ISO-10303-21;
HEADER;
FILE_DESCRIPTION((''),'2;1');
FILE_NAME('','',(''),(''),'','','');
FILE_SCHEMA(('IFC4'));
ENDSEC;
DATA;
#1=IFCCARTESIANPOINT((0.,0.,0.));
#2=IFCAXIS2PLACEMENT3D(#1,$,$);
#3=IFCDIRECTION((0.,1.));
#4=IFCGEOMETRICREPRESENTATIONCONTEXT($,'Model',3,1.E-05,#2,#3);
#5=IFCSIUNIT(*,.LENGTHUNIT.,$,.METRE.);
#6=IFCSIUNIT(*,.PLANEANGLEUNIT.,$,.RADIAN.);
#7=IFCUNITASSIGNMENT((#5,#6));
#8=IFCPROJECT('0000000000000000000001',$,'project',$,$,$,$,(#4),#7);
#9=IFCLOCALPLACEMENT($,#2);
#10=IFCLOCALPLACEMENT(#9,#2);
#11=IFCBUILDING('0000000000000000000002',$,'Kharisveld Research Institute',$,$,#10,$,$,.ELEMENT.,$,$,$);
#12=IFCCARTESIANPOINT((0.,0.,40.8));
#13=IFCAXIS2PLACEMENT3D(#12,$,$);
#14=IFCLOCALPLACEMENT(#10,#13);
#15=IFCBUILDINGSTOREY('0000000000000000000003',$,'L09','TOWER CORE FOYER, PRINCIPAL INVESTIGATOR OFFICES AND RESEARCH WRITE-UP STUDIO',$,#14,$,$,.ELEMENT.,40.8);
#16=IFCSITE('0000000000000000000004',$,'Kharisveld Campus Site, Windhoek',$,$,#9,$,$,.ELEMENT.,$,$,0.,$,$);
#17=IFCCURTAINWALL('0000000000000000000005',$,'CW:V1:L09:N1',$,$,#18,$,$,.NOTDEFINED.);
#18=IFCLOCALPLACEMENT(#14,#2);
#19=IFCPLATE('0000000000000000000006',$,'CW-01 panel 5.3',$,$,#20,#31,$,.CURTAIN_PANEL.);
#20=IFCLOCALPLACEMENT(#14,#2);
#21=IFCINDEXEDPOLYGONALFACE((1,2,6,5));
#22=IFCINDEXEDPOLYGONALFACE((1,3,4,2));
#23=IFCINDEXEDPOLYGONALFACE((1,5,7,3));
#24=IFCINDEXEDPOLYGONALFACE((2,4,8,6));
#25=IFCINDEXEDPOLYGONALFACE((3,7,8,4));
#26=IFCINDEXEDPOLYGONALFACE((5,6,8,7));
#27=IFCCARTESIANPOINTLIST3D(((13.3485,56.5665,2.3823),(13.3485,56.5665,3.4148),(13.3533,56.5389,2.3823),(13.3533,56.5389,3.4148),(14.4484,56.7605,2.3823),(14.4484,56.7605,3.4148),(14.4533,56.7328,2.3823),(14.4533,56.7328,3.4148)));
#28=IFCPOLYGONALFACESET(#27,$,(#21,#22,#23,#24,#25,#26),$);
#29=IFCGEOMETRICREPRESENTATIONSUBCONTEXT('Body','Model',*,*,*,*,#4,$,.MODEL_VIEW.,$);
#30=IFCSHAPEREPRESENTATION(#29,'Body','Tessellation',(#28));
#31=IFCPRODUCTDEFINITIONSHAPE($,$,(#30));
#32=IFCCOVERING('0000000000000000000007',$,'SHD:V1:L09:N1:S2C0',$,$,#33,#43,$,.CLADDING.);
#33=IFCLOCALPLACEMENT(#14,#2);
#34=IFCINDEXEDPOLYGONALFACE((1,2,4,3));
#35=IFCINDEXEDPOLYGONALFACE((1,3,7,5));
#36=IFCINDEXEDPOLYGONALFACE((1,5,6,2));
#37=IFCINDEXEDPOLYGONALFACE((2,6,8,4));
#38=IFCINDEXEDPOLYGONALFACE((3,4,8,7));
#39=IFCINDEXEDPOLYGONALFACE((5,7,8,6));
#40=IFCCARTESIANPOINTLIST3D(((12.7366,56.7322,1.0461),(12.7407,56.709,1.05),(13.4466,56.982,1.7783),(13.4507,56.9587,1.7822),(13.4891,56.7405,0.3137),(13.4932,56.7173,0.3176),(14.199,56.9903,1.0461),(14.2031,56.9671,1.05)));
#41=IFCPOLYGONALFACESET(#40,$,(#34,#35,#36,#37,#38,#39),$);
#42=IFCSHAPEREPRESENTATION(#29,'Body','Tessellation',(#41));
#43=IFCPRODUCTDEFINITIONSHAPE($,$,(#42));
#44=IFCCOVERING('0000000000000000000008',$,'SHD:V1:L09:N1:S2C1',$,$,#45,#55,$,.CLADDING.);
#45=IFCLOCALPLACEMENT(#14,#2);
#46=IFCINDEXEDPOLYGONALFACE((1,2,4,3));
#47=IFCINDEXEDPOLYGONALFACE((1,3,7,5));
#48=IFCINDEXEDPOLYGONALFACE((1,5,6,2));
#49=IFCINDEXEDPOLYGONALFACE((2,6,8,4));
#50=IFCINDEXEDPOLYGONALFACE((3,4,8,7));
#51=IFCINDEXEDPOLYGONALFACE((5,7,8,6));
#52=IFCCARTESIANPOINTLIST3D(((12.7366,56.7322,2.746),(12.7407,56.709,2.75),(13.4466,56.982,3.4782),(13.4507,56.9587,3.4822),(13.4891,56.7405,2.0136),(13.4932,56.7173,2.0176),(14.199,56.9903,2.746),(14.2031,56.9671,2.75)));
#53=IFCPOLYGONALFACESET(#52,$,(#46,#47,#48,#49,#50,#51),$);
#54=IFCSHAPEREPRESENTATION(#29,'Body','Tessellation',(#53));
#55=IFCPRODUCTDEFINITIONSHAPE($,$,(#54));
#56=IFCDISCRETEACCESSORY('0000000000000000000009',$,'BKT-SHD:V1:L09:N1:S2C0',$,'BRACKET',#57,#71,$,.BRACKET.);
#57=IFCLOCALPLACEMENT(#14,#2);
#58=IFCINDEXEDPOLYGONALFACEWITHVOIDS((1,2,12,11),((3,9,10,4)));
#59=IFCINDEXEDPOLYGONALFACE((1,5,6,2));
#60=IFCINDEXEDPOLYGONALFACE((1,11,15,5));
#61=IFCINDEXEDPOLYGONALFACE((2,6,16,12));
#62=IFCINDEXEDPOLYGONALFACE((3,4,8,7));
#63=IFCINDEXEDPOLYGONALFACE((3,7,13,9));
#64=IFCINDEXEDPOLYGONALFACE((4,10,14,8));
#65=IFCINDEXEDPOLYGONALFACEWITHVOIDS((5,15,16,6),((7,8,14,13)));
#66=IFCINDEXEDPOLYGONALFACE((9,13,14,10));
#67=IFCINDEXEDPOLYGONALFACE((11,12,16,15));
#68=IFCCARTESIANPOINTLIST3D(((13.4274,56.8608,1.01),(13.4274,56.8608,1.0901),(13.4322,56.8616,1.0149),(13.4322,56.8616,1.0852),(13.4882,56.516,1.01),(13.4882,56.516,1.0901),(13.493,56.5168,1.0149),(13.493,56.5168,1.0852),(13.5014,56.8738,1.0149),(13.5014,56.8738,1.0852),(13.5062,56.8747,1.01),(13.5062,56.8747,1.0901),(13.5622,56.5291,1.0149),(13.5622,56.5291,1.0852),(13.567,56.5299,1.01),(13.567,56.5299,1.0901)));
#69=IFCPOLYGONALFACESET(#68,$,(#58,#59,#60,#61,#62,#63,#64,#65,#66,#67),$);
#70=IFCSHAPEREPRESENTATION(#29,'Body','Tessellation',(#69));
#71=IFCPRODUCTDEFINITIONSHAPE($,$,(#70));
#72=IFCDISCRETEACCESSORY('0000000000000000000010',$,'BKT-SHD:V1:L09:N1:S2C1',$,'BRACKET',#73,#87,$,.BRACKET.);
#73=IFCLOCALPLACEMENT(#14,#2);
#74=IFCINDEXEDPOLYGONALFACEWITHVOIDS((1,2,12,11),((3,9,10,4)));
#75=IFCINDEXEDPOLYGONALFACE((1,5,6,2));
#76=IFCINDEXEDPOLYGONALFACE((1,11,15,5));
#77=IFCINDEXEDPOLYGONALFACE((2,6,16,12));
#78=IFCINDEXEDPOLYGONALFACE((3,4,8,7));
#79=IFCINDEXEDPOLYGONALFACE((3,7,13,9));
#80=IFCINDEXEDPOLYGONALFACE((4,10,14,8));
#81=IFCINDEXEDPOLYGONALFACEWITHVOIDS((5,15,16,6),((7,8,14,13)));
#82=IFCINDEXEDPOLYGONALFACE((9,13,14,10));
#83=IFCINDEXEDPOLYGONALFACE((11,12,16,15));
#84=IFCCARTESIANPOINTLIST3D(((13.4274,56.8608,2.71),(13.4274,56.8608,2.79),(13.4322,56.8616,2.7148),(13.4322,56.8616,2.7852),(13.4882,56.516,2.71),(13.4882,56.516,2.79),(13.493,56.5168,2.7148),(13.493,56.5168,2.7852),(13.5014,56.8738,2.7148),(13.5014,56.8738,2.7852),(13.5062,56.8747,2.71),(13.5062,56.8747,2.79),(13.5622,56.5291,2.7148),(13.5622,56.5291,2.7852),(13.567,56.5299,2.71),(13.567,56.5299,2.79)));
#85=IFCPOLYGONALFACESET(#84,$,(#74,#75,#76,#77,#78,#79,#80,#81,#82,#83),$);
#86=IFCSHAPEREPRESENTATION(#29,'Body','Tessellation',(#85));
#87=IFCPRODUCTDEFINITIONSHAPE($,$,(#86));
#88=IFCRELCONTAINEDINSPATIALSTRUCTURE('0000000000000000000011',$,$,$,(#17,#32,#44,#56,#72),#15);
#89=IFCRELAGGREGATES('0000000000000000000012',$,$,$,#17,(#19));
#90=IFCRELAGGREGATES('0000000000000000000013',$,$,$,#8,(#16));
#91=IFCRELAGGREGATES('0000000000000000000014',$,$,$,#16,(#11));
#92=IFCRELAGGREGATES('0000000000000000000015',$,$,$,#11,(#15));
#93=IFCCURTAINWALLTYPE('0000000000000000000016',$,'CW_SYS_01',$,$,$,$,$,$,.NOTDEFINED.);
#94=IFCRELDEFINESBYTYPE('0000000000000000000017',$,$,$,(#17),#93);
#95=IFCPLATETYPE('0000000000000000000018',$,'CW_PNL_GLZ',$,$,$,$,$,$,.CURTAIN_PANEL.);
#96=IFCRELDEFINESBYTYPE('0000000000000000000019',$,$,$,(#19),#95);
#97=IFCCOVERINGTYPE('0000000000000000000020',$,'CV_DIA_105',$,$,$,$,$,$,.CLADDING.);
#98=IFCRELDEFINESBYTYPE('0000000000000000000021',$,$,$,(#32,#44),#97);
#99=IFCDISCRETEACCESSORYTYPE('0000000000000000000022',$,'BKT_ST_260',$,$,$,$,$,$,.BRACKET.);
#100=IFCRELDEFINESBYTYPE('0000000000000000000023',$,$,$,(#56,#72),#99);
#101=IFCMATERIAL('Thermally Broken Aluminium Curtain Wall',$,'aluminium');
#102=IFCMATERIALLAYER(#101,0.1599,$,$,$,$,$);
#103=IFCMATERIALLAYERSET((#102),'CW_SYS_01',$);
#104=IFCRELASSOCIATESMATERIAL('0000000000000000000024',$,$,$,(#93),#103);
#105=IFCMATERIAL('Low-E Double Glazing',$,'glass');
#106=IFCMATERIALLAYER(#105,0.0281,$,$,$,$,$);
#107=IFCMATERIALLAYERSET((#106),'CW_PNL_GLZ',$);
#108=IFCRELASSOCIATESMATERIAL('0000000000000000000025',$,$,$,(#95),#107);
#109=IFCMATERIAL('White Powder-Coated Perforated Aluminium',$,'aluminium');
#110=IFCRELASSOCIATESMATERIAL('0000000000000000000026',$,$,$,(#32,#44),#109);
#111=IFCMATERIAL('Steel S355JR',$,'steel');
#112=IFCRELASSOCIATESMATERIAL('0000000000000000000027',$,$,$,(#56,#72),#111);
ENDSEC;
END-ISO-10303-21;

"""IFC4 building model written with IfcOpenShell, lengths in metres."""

from ifc_helpers import new_model, si_unit, direction, frame, origin, origin_2d, place, context, subcontext, project, spatial, polyline, rectangle, hollow_rectangle, outline, extrude, material, layer, layer_set, type_object, element, aggregate, save


model = new_model("IFC4")

# Units and contexts
model_context = context("Model", 3, precision=1e-05, world=origin(), true_north=direction((0.0, 1.0)))
body_context = subcontext(model_context, "Body", "Model", "MODEL_VIEW")
ifc_project = project(units=[si_unit("LENGTHUNIT", "METRE"), si_unit("PLANEANGLEUNIT", "RADIAN")], contexts=[model_context])

# Site, building, storey
site_placement = place(None, origin())
site = spatial("IfcSite", under=ifc_project, at=site_placement, Name="Kharisveld Campus Site, Windhoek", CompositionType="ELEMENT", RefElevation=0.0)
building_placement = place(site_placement, origin())
building = spatial("IfcBuilding", under=site, at=building_placement, Name="Kharisveld Research Institute", CompositionType="ELEMENT")
storey_placement = place(building_placement, frame((0.0, 0.0, 40.8)))
storey = spatial("IfcBuildingStorey", under=building, at=storey_placement, Name="L09", Description="TOWER CORE FOYER, PRINCIPAL INVESTIGATOR OFFICES AND RESEARCH WRITE-UP STUDIO", CompositionType="ELEMENT", Elevation=40.8)

# Curtain wall, plate
ifc_material_1 = material(Name="Thermally Broken Aluminium Curtain Wall", Category="aluminium")
ifc_layer_1 = layer(ifc_material_1, 0.1599)
ifc_layer_set_1 = layer_set([ifc_layer_1], Name="CW_SYS_01")
curtain_wall_type = type_object("IfcCurtainWallType", Name="CW_SYS_01", PredefinedType="NOTDEFINED", material=ifc_layer_set_1)
curtain_wall_placement = place(storey_placement, origin())
curtain_wall = element("IfcCurtainWall", 1, at=curtain_wall_placement, inside=storey, type_object=curtain_wall_type, Name="CW:V1:L09:N1", PredefinedType="NOTDEFINED")
ifc_material_2 = material(Name="Low-E Double Glazing", Category="glass")
ifc_layer_2 = layer(ifc_material_2, 0.0281)
ifc_layer_set_2 = layer_set([ifc_layer_2], Name="CW_PNL_GLZ")
plate_type = type_object("IfcPlateType", Name="CW_PNL_GLZ", PredefinedType="CURTAIN_PANEL", material=ifc_layer_set_2)
plate_1_placement = place(storey_placement, frame((13.9009, 56.6497, 2.3823), z_axis=(0.0, 0.0, 1.0), x_axis=(0.984808, 0.173648, 0.0)))
plate_1 = element("IfcPlate", 2, at=plate_1_placement, type_object=plate_type, Name="CW-01 panel 5.3", PredefinedType="CURTAIN_PANEL", context=body_context, shape_type="SweptSolid", body=[
    extrude(rectangle(XDim=1.1169, YDim=0.0281, at=origin_2d()), origin(), (0.0, 0.0, 1.0), 1.0325),
])
aggregate(curtain_wall, [plate_1])

# Coverings
ifc_material_3 = material(Name="White Powder-Coated Perforated Aluminium", Category="aluminium")
covering_type = type_object("IfcCoveringType", Name="CV_DIA_105", PredefinedType="CLADDING")
for number, where, z_axis, x_axis, name in (
    (3, (13.4932, 56.7173, 0.3176), (0.171391, -0.971272, 0.165096), (0.676038, 0.237842, 0.697426), "SHD:V1:L09:N1:S2C0"),
    (4, (13.4932, 56.7173, 2.0176), (0.171391, -0.971272, 0.165096), (0.676038, 0.237842, 0.697426), "SHD:V1:L09:N1:S2C1"),
):
    element("IfcCovering", number, at=place(storey_placement, frame(where, z_axis=z_axis, x_axis=x_axis)), inside=storey, type_object=covering_type, material=ifc_material_3, Name=name, PredefinedType="CLADDING", context=body_context, shape_type="SweptSolid", body=[
        extrude(outline(polyline([(0.0, 0.0), (1.0502, 0.0), (1.0502, 1.0499), (0.0002, 1.0501), (0.0, 0.0)])), origin(), (0.0, 0.0, -1.0), 0.0239),
    ])

# Discrete accessories
ifc_material_4 = material(Name="Steel S355JR", Category="steel")
discrete_accessory_type = type_object("IfcDiscreteAccessoryType", Name="BKT_ST_260", PredefinedType="BRACKET")
for number, where, z_axis, x_axis, name in (
    (5, (13.5276, 56.5229, 1.05), (-0.173666, 0.984805, 0.0), (-0.984805, -0.173666, 0.0), "BKT-SHD:V1:L09:N1:S2C0"),
    (6, (13.5276, 56.5229, 2.75), (-0.173666, 0.984805, 0.0), (-0.984805, -0.173666, 0.0), "BKT-SHD:V1:L09:N1:S2C1"),
):
    element("IfcDiscreteAccessory", number, at=place(storey_placement, frame(where, z_axis=z_axis, x_axis=x_axis)), inside=storey, type_object=discrete_accessory_type, material=ifc_material_4, Name=name, ObjectType="BRACKET", PredefinedType="BRACKET", context=body_context, shape_type="SweptSolid", body=[
        extrude(hollow_rectangle(XDim=0.0801, YDim=0.0801, WallThickness=0.0049, at=origin_2d()), origin(), (0.0, 0.0, 1.0), 0.3501),
    ])

save(model, "model.ifc")
